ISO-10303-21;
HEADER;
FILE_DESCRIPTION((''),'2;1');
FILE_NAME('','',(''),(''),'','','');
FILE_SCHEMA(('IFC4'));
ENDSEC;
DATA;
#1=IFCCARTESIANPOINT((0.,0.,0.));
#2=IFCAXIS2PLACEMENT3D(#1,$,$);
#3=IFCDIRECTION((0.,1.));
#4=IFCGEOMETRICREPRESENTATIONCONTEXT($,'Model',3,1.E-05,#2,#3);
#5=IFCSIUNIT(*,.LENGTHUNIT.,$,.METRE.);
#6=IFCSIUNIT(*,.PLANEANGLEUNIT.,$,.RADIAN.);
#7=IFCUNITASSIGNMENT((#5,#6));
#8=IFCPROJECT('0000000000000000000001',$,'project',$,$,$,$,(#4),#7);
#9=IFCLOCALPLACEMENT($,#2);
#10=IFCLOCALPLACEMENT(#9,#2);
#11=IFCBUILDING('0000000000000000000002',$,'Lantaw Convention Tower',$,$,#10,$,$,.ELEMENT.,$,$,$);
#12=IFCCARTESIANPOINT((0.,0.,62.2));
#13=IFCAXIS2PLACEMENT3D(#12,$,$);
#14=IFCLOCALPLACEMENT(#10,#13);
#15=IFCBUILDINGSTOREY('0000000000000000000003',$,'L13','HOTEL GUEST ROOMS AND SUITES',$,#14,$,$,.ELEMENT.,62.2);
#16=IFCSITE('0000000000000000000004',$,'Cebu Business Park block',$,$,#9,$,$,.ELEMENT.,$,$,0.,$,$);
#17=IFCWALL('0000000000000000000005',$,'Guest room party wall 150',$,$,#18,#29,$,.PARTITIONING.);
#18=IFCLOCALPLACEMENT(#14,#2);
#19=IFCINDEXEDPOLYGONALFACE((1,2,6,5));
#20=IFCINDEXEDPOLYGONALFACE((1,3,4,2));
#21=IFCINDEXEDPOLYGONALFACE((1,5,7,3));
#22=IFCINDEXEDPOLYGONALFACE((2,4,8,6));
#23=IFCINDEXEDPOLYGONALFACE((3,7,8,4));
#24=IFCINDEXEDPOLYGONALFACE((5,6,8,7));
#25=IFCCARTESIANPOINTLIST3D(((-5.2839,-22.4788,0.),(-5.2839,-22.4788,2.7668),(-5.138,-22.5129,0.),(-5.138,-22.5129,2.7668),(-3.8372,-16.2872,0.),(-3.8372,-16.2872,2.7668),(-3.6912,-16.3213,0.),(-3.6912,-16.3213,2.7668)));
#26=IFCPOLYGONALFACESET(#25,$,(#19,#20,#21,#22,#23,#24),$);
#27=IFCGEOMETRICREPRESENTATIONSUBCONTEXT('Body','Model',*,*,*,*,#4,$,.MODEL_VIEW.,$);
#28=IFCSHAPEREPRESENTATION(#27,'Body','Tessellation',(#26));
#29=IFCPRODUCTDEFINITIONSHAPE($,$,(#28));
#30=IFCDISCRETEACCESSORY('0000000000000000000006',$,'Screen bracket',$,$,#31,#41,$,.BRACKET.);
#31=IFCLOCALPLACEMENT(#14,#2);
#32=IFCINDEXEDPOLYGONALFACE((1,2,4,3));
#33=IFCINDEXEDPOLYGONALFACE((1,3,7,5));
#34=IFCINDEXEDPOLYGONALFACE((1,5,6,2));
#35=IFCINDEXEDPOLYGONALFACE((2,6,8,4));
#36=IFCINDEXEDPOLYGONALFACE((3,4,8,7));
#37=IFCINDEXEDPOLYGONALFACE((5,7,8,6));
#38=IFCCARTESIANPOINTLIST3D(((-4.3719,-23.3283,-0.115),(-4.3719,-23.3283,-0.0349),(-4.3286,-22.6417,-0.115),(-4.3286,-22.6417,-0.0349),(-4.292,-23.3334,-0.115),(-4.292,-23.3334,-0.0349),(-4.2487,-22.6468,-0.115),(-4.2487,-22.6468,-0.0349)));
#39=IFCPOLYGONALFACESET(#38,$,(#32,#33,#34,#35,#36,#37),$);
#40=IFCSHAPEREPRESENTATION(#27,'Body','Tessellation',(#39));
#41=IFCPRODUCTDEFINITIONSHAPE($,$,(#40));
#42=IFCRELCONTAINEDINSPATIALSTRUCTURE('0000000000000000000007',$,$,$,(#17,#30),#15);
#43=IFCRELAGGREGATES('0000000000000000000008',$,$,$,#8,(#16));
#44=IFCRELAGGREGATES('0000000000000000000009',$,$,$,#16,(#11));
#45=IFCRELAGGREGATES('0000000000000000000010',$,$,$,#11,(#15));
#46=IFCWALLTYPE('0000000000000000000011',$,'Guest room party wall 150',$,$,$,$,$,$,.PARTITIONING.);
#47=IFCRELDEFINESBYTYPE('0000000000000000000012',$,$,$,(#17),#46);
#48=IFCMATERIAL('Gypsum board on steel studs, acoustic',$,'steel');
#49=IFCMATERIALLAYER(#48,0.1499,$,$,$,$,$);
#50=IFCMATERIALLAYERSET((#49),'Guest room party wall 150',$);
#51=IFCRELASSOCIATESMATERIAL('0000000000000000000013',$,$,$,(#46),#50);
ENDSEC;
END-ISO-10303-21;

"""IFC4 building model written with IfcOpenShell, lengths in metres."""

from ifc_helpers import new_model, si_unit, direction, frame, frame_2d, origin, origin_2d, place, context, subcontext, project, spatial, rectangle, extrude, material, layer, layer_set, type_object, element, save


model = new_model("IFC4")

# Units and contexts
model_context = context("Model", 3, precision=1e-05, world=origin(), true_north=direction((0.0, 1.0)))
body_context = subcontext(model_context, "Body", "Model", "MODEL_VIEW")
ifc_project = project(units=[si_unit("LENGTHUNIT", "METRE"), si_unit("PLANEANGLEUNIT", "RADIAN")], contexts=[model_context])

# Site, building, storey
site_placement = place(None, origin())
site = spatial("IfcSite", under=ifc_project, at=site_placement, Name="Cebu Business Park block", CompositionType="ELEMENT", RefElevation=0.0)
building_placement = place(site_placement, origin())
building = spatial("IfcBuilding", under=site, at=building_placement, Name="Lantaw Convention Tower", CompositionType="ELEMENT")
storey_placement = place(building_placement, frame((0.0, 0.0, 62.2)))
storey = spatial("IfcBuildingStorey", under=building, at=storey_placement, Name="L13", Description="HOTEL GUEST ROOMS AND SUITES", CompositionType="ELEMENT", Elevation=62.2)

# Wall
ifc_material_1 = material(Name="Gypsum board on steel studs, acoustic", Category="steel")
ifc_layer_1 = layer(ifc_material_1, 0.1499)
ifc_layer_set_1 = layer_set([ifc_layer_1], Name="Guest room party wall 150")
wall_type_1 = type_object("IfcWallType", Name="Guest room party wall 150", PredefinedType="PARTITIONING", material=ifc_layer_set_1)
wall_1_placement = place(storey_placement, frame((-5.2109, -22.4958, 0.0), z_axis=(0.0, 0.0, 1.0), x_axis=(0.227537, 0.97377, 0.0)))
element("IfcWall", 1, at=wall_1_placement, inside=storey, type_object=wall_type_1, Name="Guest room party wall 150", PredefinedType="PARTITIONING", context=body_context, shape_type="SweptSolid", body=[
    extrude(rectangle(XDim=6.3584, YDim=0.1499, at=frame_2d((3.1792, 0.0))), origin(), (0.0, 0.0, 1.0), 2.7668),
])

# Discrete accessory
discrete_accessory_placement = place(storey_placement, frame((-4.3103, -22.9875, -0.115), z_axis=(0.0, 0.0, 1.0), x_axis=(0.998016, -0.062958, 0.0)))
element("IfcDiscreteAccessory", 2, at=discrete_accessory_placement, inside=storey, Name="Screen bracket", PredefinedType="BRACKET", context=body_context, shape_type="SweptSolid", body=[
    extrude(rectangle(XDim=0.0801, YDim=0.688, at=origin_2d()), origin(), (0.0, 0.0, 1.0), 0.0801),
])

save(model, "model.ifc")
